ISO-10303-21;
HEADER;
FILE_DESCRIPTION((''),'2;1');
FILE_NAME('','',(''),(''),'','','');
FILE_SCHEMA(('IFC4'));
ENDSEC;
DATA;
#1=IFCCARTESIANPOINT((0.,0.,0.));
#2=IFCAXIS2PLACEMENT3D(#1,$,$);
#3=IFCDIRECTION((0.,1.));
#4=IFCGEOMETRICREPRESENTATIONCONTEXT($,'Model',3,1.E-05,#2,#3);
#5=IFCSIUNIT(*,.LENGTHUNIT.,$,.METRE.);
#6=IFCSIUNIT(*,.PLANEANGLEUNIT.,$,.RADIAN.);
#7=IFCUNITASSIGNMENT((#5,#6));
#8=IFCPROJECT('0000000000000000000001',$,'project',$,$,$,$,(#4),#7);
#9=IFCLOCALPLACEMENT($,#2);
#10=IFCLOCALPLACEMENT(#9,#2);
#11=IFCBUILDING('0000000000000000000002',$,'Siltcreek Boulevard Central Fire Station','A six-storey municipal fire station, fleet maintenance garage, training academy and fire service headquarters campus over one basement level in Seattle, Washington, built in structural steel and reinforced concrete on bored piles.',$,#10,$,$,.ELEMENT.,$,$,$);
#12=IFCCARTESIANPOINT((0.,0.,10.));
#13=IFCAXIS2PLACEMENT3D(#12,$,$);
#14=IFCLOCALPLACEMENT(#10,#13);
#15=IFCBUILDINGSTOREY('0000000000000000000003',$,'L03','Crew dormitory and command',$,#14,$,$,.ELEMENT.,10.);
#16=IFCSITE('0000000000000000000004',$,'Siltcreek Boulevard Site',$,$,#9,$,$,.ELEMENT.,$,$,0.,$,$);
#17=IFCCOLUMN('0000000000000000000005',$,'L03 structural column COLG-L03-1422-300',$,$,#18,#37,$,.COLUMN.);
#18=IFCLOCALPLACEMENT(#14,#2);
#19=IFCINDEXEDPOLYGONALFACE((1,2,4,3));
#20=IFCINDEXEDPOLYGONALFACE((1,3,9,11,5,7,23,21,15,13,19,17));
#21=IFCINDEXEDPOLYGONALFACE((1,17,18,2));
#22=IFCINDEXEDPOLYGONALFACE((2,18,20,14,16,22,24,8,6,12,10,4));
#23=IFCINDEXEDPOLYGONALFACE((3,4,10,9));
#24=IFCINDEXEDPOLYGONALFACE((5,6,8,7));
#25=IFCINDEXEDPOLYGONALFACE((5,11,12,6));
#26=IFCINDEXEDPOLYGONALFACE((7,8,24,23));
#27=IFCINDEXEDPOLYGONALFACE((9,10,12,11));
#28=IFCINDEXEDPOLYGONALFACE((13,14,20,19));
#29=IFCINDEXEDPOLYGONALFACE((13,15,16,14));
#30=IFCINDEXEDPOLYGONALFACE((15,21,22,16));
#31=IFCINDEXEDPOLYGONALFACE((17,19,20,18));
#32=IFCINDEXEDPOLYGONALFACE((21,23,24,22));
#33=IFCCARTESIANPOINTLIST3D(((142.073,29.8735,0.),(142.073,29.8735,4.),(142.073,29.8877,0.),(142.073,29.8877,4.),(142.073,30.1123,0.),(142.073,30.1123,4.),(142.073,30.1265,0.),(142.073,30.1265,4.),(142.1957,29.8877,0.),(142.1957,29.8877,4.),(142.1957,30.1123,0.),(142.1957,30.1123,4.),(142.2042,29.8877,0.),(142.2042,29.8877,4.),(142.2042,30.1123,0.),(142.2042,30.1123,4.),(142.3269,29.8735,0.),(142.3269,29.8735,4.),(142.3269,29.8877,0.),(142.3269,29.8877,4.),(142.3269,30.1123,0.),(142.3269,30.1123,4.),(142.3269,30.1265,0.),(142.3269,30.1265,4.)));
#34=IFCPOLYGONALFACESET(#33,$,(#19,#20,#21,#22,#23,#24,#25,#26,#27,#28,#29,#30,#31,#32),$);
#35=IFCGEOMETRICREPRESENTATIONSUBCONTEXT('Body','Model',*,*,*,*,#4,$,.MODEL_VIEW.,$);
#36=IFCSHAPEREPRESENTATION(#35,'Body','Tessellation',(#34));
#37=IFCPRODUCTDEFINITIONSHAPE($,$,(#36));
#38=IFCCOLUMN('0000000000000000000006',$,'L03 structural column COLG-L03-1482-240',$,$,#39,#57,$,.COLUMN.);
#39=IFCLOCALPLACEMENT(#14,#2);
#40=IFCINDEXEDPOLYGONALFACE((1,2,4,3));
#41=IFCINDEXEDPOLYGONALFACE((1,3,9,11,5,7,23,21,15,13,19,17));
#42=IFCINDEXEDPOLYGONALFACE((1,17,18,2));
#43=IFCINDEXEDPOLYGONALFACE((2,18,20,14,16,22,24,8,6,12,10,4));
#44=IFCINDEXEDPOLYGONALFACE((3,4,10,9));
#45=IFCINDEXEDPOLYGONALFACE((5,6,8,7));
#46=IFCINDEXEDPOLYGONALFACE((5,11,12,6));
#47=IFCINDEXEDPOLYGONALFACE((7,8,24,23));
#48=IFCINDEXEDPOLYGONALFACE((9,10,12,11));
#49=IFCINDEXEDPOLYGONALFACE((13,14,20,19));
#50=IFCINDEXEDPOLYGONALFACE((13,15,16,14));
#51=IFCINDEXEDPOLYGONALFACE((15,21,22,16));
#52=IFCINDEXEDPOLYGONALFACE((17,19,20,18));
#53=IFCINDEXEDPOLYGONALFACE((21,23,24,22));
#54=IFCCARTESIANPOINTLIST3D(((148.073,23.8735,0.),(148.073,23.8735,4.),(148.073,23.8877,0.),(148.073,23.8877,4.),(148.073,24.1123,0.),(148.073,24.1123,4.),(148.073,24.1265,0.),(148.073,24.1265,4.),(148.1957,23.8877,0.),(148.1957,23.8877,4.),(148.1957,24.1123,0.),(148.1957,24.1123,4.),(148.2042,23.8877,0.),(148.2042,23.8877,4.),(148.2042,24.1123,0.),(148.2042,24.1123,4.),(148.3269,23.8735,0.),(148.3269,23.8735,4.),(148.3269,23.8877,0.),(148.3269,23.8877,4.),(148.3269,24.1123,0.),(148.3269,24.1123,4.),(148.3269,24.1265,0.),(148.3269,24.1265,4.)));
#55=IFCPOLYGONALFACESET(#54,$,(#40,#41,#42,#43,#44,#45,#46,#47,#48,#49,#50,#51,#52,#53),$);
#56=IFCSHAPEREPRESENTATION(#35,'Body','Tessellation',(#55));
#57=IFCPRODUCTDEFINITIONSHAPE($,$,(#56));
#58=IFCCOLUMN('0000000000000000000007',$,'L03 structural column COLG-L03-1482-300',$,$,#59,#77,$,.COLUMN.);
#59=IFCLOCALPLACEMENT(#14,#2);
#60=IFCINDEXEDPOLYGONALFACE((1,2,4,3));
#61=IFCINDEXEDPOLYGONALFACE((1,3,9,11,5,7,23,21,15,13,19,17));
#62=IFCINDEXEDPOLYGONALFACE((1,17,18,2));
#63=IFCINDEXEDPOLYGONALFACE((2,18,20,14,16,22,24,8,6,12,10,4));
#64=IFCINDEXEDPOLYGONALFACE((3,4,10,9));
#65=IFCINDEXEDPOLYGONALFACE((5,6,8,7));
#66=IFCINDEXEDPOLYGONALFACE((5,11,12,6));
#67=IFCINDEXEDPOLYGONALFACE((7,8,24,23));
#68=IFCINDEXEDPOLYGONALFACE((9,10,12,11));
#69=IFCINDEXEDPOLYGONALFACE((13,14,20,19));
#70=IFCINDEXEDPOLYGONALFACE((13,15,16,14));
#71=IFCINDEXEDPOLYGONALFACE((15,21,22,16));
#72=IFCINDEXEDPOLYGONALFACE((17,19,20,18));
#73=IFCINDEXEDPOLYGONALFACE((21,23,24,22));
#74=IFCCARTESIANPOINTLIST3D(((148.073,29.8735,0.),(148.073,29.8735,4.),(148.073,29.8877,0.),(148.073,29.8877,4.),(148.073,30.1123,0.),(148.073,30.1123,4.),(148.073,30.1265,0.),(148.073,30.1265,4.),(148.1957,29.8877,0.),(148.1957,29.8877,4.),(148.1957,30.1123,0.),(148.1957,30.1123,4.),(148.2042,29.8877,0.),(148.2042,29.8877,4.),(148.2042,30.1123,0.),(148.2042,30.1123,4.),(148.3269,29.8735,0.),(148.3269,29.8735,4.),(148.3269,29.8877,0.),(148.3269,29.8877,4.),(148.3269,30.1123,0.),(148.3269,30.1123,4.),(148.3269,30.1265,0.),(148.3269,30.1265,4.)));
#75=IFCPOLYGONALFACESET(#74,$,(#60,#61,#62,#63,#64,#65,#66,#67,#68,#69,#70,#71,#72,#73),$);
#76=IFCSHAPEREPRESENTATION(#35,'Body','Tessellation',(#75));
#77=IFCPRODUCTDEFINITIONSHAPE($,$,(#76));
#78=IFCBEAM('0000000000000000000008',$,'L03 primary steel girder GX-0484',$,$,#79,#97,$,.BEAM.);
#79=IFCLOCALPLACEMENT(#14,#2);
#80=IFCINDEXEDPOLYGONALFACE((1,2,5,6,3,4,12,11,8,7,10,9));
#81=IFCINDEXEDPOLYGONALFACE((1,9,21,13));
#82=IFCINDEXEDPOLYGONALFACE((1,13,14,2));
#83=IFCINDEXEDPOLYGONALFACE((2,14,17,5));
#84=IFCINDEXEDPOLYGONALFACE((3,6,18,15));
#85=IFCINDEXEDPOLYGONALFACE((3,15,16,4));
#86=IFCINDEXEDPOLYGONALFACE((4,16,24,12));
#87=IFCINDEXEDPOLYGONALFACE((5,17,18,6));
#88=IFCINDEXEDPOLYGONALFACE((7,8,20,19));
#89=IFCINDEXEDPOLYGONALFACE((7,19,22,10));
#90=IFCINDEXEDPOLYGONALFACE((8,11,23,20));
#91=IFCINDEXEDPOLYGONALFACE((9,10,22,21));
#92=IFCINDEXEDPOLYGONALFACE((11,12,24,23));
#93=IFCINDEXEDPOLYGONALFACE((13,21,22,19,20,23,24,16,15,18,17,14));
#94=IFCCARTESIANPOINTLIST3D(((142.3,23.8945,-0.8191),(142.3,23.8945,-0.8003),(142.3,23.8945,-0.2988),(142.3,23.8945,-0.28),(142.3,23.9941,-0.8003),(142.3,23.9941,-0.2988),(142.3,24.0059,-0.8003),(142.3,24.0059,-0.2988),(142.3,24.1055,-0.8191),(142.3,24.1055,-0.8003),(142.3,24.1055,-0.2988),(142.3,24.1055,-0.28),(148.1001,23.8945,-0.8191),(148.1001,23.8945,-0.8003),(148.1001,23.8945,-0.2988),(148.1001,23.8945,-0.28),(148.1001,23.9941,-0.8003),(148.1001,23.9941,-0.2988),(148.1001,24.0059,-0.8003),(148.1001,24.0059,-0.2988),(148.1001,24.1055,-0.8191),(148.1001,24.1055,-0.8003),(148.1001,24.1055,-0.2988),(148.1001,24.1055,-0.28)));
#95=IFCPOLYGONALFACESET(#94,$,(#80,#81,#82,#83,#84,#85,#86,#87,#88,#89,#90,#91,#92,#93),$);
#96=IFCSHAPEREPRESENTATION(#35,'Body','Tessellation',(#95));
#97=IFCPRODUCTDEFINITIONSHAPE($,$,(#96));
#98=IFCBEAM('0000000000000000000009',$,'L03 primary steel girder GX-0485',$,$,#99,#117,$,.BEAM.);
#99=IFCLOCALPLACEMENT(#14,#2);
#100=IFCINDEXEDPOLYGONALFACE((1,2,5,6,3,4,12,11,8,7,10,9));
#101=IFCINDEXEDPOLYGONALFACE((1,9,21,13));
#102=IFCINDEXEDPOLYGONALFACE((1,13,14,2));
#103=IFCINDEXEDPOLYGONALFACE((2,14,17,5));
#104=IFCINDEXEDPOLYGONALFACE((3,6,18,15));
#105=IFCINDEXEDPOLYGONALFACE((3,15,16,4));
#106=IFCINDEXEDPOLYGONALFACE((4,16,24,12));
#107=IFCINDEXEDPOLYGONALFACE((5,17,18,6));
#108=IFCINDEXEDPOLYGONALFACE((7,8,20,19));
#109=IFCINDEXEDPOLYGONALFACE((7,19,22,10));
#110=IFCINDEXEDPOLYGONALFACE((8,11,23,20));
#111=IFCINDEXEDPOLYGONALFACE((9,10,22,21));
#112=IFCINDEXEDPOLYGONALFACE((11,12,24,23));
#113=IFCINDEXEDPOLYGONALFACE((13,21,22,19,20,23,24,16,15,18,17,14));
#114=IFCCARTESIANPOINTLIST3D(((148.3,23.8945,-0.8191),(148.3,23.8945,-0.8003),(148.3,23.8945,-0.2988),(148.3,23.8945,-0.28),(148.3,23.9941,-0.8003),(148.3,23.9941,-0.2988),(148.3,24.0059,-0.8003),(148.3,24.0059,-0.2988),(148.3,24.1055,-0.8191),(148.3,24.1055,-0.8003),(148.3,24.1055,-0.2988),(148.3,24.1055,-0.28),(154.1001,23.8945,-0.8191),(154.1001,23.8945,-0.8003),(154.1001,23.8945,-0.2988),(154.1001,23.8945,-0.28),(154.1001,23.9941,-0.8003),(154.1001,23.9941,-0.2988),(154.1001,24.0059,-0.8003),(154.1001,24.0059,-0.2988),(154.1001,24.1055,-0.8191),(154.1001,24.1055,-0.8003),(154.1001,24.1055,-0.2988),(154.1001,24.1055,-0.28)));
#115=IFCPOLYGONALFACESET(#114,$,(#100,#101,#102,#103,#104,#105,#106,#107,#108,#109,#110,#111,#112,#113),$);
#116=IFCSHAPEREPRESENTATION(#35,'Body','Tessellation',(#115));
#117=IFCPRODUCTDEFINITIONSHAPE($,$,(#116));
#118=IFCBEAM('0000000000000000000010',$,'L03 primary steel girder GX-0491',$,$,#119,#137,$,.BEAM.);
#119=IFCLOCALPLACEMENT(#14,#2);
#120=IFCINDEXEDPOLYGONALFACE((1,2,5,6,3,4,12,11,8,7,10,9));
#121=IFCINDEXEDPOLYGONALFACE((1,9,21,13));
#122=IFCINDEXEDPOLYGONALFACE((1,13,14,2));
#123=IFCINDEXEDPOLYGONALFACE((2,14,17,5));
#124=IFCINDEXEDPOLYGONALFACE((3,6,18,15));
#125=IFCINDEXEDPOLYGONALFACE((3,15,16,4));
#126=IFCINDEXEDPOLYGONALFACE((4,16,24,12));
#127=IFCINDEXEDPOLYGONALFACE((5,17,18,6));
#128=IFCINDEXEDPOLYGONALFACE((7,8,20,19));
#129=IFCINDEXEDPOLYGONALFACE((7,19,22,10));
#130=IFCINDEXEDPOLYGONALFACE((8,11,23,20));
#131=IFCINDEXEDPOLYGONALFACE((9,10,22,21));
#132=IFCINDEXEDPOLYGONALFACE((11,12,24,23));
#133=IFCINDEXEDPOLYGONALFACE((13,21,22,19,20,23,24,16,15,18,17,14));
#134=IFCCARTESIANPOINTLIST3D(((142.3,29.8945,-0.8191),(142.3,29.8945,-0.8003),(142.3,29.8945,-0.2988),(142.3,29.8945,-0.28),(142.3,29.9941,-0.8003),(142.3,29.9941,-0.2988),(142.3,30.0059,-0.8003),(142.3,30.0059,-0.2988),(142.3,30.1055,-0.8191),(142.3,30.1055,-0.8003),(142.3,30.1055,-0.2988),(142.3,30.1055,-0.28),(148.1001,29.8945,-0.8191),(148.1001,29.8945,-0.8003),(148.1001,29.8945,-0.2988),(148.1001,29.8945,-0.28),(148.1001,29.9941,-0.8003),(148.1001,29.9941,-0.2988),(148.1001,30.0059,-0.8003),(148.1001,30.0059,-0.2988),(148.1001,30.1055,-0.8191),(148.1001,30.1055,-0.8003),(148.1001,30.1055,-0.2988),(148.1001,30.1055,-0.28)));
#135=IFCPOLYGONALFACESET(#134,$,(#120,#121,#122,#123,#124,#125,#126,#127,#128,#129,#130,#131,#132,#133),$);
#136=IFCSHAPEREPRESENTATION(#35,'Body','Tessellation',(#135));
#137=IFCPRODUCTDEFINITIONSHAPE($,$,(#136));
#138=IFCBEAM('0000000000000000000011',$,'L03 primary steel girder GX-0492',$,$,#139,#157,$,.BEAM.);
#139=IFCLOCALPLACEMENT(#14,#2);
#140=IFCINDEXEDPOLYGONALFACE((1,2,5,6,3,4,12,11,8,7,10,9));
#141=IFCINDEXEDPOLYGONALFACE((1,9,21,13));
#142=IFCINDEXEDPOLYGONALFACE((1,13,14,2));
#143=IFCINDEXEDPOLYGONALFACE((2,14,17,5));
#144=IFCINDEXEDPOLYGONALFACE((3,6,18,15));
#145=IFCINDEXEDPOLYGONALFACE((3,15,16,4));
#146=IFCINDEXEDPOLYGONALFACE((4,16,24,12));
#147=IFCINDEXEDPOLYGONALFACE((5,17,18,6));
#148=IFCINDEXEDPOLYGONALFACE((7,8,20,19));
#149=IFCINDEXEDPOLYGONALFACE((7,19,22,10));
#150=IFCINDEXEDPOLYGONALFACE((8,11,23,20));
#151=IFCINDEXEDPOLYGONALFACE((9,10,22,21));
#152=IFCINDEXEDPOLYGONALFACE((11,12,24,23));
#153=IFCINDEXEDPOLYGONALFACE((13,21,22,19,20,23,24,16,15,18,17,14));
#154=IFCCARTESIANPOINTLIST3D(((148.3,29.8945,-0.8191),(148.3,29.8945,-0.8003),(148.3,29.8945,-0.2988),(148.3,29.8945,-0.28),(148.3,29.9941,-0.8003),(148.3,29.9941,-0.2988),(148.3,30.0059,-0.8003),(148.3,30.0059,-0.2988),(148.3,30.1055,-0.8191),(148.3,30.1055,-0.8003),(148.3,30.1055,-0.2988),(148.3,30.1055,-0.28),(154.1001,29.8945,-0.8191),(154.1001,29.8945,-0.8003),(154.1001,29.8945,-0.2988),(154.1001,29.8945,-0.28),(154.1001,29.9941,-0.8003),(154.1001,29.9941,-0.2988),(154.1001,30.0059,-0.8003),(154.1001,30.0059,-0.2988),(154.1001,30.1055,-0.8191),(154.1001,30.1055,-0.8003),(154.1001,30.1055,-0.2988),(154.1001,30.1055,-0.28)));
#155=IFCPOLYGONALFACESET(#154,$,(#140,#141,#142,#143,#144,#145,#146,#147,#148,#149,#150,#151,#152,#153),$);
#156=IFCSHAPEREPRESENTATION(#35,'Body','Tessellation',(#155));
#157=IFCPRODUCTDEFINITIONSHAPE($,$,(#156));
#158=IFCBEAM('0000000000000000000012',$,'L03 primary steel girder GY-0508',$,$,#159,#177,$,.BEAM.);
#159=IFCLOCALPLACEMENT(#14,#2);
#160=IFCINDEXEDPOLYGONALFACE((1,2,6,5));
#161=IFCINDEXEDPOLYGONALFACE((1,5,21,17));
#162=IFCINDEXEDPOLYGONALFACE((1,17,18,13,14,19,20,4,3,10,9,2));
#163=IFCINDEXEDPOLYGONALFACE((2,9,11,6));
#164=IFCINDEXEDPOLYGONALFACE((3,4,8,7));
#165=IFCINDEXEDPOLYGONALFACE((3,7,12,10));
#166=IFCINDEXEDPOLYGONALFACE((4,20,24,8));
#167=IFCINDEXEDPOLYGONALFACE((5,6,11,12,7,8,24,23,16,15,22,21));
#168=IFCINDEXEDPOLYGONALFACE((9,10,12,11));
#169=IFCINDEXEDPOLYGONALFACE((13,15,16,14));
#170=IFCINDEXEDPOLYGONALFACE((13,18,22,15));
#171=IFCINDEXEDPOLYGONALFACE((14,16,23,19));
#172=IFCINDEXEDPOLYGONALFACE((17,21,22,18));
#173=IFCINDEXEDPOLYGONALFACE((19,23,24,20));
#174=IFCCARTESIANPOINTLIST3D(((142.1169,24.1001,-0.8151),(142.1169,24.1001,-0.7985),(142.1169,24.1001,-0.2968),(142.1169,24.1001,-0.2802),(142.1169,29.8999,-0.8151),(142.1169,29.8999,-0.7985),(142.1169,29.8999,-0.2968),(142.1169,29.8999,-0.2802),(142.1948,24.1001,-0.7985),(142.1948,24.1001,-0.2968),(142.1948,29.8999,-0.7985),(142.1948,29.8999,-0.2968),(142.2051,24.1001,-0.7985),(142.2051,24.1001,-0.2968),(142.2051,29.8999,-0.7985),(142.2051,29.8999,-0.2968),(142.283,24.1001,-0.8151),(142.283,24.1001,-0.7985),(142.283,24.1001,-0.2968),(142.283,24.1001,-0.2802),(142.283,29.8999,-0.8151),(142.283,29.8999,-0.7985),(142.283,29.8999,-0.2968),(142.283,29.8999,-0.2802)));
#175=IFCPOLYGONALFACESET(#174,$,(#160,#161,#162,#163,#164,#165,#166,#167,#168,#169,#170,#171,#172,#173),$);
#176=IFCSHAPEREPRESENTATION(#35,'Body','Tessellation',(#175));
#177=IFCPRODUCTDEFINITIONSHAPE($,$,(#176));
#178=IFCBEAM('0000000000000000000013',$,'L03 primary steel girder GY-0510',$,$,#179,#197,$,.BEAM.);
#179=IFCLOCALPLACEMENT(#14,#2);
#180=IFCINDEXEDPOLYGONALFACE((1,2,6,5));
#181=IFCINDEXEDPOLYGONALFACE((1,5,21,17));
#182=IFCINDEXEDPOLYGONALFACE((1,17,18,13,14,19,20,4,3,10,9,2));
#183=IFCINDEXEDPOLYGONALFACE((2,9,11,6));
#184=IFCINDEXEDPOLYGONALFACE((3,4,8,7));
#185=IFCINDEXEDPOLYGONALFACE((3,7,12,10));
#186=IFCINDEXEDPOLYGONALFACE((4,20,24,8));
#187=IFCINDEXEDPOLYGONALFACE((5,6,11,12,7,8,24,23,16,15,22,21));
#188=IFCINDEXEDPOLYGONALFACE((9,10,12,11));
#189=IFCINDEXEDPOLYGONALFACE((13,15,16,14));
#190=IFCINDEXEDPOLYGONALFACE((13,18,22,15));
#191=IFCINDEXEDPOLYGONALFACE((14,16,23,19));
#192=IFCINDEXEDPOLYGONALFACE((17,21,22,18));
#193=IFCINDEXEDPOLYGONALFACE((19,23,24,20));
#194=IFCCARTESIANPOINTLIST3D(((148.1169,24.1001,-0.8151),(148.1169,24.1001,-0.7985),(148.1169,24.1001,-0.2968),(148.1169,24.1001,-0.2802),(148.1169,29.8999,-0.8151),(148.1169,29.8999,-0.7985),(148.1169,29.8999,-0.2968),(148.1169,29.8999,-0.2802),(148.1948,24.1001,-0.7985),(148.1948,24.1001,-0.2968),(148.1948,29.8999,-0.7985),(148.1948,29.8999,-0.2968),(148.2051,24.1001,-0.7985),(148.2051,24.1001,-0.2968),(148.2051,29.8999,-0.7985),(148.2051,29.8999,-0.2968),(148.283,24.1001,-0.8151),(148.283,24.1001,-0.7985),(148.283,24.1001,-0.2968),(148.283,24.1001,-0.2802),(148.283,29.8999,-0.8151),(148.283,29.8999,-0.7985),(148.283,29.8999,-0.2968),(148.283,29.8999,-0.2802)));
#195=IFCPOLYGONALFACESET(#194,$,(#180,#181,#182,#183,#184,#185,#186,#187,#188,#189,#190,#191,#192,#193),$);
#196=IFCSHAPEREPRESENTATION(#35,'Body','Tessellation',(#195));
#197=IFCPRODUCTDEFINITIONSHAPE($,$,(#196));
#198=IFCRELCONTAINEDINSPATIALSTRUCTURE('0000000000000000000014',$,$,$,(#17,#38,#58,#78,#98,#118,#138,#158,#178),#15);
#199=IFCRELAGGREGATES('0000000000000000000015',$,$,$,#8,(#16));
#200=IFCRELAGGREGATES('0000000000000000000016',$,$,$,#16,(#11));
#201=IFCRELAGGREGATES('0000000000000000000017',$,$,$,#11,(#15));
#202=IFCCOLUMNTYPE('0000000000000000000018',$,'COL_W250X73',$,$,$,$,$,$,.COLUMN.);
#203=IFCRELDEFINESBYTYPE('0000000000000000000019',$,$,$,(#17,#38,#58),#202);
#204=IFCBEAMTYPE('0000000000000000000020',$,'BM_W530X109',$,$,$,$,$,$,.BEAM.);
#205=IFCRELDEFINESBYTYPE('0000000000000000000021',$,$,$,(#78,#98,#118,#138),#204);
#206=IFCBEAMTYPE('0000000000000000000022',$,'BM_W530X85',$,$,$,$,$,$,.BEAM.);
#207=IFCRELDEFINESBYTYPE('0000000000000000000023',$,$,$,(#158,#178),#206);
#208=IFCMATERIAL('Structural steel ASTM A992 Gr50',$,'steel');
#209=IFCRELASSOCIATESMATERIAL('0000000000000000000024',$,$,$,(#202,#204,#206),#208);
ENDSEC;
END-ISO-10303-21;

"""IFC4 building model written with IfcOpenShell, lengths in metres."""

from ifc_helpers import new_model, si_unit, direction, frame, origin, origin_2d, place, context, subcontext, project, spatial, i_section, extrude, material, material_profile, profile_set, type_object, element, save


model = new_model("IFC4")

# Units and contexts
model_context = context("Model", 3, precision=1e-05, world=origin(), true_north=direction((0.0, 1.0)))
body_context = subcontext(model_context, "Body", "Model", "MODEL_VIEW")
ifc_project = project(units=[si_unit("LENGTHUNIT", "METRE"), si_unit("PLANEANGLEUNIT", "RADIAN")], contexts=[model_context])

# Site, building, storey
site_placement = place(None, origin())
site = spatial("IfcSite", under=ifc_project, at=site_placement, Name="Siltcreek Boulevard Site", CompositionType="ELEMENT", RefElevation=0.0)
building_placement = place(site_placement, origin())
building = spatial("IfcBuilding", under=site, at=building_placement, Name="Siltcreek Boulevard Central Fire Station", Description="A six-storey municipal fire station, fleet maintenance garage, training academy and fire service headquarters campus over one basement level in Seattle, Washington, built in structural steel and reinforced concrete on bored piles.", CompositionType="ELEMENT")
storey_placement = place(building_placement, frame((0.0, 0.0, 10.0)))
storey = spatial("IfcBuildingStorey", under=building, at=storey_placement, Name="L03", Description="Crew dormitory and command", CompositionType="ELEMENT", Elevation=10.0)

# Columns
ifc_material_1 = material(Name="Structural steel ASTM A992 Gr50", Category="steel")
ifc_material_profile_1 = material_profile(ifc_material_1, i_section(OverallWidth=0.2539, OverallDepth=0.2529, WebThickness=0.0085, FlangeThickness=0.0142, at=origin_2d()), Name="W250X73")
ifc_profile_set_1 = profile_set([ifc_material_profile_1], Name="Structural steel ASTM A992 Gr50")
column_type = type_object("IfcColumnType", Name="COL_W250X73", PredefinedType="COLUMN", material=ifc_profile_set_1)
for number, where, z_axis, x_axis, name in (
    (1, (142.2, 30.0, 0.0), (0.0, 0.0, 1.0), (1.0, 0.0, 0.0), "L03 structural column COLG-L03-1422-300"),
    (2, (148.2, 24.0, 0.0), (0.0, 0.0, 1.0), (1.0, 0.0, 0.0), "L03 structural column COLG-L03-1482-240"),
    (3, (148.2, 30.0, 0.0), (0.0, 0.0, 1.0), (1.0, 0.0, 0.0), "L03 structural column COLG-L03-1482-300"),
):
    element("IfcColumn", number, at=place(storey_placement, frame(where, z_axis=z_axis, x_axis=x_axis)), inside=storey, type_object=column_type, Name=name, PredefinedType="COLUMN", context=body_context, shape_type="SweptSolid", body=[
        extrude(i_section(OverallWidth=0.2539, OverallDepth=0.2529, WebThickness=0.0085, FlangeThickness=0.0142, at=origin_2d()), origin(), (0.0, 0.0, 1.0), 4.0),
    ])

# Beams
ifc_material_profile_2 = material_profile(ifc_material_1, i_section(OverallWidth=0.2109, OverallDepth=0.5391, WebThickness=0.0117, FlangeThickness=0.0188, at=origin_2d()), Name="W530X109")
ifc_profile_set_2 = profile_set([ifc_material_profile_2], Name="Structural steel ASTM A992 Gr50")
beam_type_1 = type_object("IfcBeamType", Name="BM_W530X109", PredefinedType="BEAM", material=ifc_profile_set_2)
for number, where, z_axis, x_axis, name in (
    (4, (142.3, 24.0, -0.5496), (1.0, 0.0, 0.0), (0.0, 1.0, 0.0), "L03 primary steel girder GX-0484"),
    (5, (148.3, 24.0, -0.5496), (1.0, 0.0, 0.0), (0.0, 1.0, 0.0), "L03 primary steel girder GX-0485"),
    (6, (142.3, 30.0, -0.5496), (1.0, 0.0, 0.0), (0.0, 1.0, 0.0), "L03 primary steel girder GX-0491"),
    (7, (148.3, 30.0, -0.5496), (1.0, 0.0, 0.0), (0.0, 1.0, 0.0), "L03 primary steel girder GX-0492"),
):
    element("IfcBeam", number, at=place(storey_placement, frame(where, z_axis=z_axis, x_axis=x_axis)), inside=storey, type_object=beam_type_1, Name=name, PredefinedType="BEAM", context=body_context, shape_type="SweptSolid", body=[
        extrude(i_section(OverallWidth=0.2109, OverallDepth=0.5391, WebThickness=0.0117, FlangeThickness=0.0188, at=origin_2d()), origin(), (0.0, 0.0, 1.0), 5.8),
    ])
ifc_material_profile_3 = material_profile(ifc_material_1, i_section(OverallWidth=0.166, OverallDepth=0.5349, WebThickness=0.0103, FlangeThickness=0.0166, at=origin_2d()), Name="W530X85")
ifc_profile_set_3 = profile_set([ifc_material_profile_3], Name="Structural steel ASTM A992 Gr50")
beam_type_2 = type_object("IfcBeamType", Name="BM_W530X85", PredefinedType="BEAM", material=ifc_profile_set_3)
for number, where, z_axis, x_axis, name in (
    (8, (142.2, 24.1001, -0.5476), (0.0, 1.0, 0.0), (-1.0, 0.0, 0.0), "L03 primary steel girder GY-0508"),
    (9, (148.2, 24.1001, -0.5476), (0.0, 1.0, 0.0), (-1.0, 0.0, 0.0), "L03 primary steel girder GY-0510"),
):
    element("IfcBeam", number, at=place(storey_placement, frame(where, z_axis=z_axis, x_axis=x_axis)), inside=storey, type_object=beam_type_2, Name=name, PredefinedType="BEAM", context=body_context, shape_type="SweptSolid", body=[
        extrude(i_section(OverallWidth=0.166, OverallDepth=0.5349, WebThickness=0.0103, FlangeThickness=0.0166, at=origin_2d()), origin(), (0.0, 0.0, 1.0), 5.7998),
    ])

save(model, "model.ifc")
